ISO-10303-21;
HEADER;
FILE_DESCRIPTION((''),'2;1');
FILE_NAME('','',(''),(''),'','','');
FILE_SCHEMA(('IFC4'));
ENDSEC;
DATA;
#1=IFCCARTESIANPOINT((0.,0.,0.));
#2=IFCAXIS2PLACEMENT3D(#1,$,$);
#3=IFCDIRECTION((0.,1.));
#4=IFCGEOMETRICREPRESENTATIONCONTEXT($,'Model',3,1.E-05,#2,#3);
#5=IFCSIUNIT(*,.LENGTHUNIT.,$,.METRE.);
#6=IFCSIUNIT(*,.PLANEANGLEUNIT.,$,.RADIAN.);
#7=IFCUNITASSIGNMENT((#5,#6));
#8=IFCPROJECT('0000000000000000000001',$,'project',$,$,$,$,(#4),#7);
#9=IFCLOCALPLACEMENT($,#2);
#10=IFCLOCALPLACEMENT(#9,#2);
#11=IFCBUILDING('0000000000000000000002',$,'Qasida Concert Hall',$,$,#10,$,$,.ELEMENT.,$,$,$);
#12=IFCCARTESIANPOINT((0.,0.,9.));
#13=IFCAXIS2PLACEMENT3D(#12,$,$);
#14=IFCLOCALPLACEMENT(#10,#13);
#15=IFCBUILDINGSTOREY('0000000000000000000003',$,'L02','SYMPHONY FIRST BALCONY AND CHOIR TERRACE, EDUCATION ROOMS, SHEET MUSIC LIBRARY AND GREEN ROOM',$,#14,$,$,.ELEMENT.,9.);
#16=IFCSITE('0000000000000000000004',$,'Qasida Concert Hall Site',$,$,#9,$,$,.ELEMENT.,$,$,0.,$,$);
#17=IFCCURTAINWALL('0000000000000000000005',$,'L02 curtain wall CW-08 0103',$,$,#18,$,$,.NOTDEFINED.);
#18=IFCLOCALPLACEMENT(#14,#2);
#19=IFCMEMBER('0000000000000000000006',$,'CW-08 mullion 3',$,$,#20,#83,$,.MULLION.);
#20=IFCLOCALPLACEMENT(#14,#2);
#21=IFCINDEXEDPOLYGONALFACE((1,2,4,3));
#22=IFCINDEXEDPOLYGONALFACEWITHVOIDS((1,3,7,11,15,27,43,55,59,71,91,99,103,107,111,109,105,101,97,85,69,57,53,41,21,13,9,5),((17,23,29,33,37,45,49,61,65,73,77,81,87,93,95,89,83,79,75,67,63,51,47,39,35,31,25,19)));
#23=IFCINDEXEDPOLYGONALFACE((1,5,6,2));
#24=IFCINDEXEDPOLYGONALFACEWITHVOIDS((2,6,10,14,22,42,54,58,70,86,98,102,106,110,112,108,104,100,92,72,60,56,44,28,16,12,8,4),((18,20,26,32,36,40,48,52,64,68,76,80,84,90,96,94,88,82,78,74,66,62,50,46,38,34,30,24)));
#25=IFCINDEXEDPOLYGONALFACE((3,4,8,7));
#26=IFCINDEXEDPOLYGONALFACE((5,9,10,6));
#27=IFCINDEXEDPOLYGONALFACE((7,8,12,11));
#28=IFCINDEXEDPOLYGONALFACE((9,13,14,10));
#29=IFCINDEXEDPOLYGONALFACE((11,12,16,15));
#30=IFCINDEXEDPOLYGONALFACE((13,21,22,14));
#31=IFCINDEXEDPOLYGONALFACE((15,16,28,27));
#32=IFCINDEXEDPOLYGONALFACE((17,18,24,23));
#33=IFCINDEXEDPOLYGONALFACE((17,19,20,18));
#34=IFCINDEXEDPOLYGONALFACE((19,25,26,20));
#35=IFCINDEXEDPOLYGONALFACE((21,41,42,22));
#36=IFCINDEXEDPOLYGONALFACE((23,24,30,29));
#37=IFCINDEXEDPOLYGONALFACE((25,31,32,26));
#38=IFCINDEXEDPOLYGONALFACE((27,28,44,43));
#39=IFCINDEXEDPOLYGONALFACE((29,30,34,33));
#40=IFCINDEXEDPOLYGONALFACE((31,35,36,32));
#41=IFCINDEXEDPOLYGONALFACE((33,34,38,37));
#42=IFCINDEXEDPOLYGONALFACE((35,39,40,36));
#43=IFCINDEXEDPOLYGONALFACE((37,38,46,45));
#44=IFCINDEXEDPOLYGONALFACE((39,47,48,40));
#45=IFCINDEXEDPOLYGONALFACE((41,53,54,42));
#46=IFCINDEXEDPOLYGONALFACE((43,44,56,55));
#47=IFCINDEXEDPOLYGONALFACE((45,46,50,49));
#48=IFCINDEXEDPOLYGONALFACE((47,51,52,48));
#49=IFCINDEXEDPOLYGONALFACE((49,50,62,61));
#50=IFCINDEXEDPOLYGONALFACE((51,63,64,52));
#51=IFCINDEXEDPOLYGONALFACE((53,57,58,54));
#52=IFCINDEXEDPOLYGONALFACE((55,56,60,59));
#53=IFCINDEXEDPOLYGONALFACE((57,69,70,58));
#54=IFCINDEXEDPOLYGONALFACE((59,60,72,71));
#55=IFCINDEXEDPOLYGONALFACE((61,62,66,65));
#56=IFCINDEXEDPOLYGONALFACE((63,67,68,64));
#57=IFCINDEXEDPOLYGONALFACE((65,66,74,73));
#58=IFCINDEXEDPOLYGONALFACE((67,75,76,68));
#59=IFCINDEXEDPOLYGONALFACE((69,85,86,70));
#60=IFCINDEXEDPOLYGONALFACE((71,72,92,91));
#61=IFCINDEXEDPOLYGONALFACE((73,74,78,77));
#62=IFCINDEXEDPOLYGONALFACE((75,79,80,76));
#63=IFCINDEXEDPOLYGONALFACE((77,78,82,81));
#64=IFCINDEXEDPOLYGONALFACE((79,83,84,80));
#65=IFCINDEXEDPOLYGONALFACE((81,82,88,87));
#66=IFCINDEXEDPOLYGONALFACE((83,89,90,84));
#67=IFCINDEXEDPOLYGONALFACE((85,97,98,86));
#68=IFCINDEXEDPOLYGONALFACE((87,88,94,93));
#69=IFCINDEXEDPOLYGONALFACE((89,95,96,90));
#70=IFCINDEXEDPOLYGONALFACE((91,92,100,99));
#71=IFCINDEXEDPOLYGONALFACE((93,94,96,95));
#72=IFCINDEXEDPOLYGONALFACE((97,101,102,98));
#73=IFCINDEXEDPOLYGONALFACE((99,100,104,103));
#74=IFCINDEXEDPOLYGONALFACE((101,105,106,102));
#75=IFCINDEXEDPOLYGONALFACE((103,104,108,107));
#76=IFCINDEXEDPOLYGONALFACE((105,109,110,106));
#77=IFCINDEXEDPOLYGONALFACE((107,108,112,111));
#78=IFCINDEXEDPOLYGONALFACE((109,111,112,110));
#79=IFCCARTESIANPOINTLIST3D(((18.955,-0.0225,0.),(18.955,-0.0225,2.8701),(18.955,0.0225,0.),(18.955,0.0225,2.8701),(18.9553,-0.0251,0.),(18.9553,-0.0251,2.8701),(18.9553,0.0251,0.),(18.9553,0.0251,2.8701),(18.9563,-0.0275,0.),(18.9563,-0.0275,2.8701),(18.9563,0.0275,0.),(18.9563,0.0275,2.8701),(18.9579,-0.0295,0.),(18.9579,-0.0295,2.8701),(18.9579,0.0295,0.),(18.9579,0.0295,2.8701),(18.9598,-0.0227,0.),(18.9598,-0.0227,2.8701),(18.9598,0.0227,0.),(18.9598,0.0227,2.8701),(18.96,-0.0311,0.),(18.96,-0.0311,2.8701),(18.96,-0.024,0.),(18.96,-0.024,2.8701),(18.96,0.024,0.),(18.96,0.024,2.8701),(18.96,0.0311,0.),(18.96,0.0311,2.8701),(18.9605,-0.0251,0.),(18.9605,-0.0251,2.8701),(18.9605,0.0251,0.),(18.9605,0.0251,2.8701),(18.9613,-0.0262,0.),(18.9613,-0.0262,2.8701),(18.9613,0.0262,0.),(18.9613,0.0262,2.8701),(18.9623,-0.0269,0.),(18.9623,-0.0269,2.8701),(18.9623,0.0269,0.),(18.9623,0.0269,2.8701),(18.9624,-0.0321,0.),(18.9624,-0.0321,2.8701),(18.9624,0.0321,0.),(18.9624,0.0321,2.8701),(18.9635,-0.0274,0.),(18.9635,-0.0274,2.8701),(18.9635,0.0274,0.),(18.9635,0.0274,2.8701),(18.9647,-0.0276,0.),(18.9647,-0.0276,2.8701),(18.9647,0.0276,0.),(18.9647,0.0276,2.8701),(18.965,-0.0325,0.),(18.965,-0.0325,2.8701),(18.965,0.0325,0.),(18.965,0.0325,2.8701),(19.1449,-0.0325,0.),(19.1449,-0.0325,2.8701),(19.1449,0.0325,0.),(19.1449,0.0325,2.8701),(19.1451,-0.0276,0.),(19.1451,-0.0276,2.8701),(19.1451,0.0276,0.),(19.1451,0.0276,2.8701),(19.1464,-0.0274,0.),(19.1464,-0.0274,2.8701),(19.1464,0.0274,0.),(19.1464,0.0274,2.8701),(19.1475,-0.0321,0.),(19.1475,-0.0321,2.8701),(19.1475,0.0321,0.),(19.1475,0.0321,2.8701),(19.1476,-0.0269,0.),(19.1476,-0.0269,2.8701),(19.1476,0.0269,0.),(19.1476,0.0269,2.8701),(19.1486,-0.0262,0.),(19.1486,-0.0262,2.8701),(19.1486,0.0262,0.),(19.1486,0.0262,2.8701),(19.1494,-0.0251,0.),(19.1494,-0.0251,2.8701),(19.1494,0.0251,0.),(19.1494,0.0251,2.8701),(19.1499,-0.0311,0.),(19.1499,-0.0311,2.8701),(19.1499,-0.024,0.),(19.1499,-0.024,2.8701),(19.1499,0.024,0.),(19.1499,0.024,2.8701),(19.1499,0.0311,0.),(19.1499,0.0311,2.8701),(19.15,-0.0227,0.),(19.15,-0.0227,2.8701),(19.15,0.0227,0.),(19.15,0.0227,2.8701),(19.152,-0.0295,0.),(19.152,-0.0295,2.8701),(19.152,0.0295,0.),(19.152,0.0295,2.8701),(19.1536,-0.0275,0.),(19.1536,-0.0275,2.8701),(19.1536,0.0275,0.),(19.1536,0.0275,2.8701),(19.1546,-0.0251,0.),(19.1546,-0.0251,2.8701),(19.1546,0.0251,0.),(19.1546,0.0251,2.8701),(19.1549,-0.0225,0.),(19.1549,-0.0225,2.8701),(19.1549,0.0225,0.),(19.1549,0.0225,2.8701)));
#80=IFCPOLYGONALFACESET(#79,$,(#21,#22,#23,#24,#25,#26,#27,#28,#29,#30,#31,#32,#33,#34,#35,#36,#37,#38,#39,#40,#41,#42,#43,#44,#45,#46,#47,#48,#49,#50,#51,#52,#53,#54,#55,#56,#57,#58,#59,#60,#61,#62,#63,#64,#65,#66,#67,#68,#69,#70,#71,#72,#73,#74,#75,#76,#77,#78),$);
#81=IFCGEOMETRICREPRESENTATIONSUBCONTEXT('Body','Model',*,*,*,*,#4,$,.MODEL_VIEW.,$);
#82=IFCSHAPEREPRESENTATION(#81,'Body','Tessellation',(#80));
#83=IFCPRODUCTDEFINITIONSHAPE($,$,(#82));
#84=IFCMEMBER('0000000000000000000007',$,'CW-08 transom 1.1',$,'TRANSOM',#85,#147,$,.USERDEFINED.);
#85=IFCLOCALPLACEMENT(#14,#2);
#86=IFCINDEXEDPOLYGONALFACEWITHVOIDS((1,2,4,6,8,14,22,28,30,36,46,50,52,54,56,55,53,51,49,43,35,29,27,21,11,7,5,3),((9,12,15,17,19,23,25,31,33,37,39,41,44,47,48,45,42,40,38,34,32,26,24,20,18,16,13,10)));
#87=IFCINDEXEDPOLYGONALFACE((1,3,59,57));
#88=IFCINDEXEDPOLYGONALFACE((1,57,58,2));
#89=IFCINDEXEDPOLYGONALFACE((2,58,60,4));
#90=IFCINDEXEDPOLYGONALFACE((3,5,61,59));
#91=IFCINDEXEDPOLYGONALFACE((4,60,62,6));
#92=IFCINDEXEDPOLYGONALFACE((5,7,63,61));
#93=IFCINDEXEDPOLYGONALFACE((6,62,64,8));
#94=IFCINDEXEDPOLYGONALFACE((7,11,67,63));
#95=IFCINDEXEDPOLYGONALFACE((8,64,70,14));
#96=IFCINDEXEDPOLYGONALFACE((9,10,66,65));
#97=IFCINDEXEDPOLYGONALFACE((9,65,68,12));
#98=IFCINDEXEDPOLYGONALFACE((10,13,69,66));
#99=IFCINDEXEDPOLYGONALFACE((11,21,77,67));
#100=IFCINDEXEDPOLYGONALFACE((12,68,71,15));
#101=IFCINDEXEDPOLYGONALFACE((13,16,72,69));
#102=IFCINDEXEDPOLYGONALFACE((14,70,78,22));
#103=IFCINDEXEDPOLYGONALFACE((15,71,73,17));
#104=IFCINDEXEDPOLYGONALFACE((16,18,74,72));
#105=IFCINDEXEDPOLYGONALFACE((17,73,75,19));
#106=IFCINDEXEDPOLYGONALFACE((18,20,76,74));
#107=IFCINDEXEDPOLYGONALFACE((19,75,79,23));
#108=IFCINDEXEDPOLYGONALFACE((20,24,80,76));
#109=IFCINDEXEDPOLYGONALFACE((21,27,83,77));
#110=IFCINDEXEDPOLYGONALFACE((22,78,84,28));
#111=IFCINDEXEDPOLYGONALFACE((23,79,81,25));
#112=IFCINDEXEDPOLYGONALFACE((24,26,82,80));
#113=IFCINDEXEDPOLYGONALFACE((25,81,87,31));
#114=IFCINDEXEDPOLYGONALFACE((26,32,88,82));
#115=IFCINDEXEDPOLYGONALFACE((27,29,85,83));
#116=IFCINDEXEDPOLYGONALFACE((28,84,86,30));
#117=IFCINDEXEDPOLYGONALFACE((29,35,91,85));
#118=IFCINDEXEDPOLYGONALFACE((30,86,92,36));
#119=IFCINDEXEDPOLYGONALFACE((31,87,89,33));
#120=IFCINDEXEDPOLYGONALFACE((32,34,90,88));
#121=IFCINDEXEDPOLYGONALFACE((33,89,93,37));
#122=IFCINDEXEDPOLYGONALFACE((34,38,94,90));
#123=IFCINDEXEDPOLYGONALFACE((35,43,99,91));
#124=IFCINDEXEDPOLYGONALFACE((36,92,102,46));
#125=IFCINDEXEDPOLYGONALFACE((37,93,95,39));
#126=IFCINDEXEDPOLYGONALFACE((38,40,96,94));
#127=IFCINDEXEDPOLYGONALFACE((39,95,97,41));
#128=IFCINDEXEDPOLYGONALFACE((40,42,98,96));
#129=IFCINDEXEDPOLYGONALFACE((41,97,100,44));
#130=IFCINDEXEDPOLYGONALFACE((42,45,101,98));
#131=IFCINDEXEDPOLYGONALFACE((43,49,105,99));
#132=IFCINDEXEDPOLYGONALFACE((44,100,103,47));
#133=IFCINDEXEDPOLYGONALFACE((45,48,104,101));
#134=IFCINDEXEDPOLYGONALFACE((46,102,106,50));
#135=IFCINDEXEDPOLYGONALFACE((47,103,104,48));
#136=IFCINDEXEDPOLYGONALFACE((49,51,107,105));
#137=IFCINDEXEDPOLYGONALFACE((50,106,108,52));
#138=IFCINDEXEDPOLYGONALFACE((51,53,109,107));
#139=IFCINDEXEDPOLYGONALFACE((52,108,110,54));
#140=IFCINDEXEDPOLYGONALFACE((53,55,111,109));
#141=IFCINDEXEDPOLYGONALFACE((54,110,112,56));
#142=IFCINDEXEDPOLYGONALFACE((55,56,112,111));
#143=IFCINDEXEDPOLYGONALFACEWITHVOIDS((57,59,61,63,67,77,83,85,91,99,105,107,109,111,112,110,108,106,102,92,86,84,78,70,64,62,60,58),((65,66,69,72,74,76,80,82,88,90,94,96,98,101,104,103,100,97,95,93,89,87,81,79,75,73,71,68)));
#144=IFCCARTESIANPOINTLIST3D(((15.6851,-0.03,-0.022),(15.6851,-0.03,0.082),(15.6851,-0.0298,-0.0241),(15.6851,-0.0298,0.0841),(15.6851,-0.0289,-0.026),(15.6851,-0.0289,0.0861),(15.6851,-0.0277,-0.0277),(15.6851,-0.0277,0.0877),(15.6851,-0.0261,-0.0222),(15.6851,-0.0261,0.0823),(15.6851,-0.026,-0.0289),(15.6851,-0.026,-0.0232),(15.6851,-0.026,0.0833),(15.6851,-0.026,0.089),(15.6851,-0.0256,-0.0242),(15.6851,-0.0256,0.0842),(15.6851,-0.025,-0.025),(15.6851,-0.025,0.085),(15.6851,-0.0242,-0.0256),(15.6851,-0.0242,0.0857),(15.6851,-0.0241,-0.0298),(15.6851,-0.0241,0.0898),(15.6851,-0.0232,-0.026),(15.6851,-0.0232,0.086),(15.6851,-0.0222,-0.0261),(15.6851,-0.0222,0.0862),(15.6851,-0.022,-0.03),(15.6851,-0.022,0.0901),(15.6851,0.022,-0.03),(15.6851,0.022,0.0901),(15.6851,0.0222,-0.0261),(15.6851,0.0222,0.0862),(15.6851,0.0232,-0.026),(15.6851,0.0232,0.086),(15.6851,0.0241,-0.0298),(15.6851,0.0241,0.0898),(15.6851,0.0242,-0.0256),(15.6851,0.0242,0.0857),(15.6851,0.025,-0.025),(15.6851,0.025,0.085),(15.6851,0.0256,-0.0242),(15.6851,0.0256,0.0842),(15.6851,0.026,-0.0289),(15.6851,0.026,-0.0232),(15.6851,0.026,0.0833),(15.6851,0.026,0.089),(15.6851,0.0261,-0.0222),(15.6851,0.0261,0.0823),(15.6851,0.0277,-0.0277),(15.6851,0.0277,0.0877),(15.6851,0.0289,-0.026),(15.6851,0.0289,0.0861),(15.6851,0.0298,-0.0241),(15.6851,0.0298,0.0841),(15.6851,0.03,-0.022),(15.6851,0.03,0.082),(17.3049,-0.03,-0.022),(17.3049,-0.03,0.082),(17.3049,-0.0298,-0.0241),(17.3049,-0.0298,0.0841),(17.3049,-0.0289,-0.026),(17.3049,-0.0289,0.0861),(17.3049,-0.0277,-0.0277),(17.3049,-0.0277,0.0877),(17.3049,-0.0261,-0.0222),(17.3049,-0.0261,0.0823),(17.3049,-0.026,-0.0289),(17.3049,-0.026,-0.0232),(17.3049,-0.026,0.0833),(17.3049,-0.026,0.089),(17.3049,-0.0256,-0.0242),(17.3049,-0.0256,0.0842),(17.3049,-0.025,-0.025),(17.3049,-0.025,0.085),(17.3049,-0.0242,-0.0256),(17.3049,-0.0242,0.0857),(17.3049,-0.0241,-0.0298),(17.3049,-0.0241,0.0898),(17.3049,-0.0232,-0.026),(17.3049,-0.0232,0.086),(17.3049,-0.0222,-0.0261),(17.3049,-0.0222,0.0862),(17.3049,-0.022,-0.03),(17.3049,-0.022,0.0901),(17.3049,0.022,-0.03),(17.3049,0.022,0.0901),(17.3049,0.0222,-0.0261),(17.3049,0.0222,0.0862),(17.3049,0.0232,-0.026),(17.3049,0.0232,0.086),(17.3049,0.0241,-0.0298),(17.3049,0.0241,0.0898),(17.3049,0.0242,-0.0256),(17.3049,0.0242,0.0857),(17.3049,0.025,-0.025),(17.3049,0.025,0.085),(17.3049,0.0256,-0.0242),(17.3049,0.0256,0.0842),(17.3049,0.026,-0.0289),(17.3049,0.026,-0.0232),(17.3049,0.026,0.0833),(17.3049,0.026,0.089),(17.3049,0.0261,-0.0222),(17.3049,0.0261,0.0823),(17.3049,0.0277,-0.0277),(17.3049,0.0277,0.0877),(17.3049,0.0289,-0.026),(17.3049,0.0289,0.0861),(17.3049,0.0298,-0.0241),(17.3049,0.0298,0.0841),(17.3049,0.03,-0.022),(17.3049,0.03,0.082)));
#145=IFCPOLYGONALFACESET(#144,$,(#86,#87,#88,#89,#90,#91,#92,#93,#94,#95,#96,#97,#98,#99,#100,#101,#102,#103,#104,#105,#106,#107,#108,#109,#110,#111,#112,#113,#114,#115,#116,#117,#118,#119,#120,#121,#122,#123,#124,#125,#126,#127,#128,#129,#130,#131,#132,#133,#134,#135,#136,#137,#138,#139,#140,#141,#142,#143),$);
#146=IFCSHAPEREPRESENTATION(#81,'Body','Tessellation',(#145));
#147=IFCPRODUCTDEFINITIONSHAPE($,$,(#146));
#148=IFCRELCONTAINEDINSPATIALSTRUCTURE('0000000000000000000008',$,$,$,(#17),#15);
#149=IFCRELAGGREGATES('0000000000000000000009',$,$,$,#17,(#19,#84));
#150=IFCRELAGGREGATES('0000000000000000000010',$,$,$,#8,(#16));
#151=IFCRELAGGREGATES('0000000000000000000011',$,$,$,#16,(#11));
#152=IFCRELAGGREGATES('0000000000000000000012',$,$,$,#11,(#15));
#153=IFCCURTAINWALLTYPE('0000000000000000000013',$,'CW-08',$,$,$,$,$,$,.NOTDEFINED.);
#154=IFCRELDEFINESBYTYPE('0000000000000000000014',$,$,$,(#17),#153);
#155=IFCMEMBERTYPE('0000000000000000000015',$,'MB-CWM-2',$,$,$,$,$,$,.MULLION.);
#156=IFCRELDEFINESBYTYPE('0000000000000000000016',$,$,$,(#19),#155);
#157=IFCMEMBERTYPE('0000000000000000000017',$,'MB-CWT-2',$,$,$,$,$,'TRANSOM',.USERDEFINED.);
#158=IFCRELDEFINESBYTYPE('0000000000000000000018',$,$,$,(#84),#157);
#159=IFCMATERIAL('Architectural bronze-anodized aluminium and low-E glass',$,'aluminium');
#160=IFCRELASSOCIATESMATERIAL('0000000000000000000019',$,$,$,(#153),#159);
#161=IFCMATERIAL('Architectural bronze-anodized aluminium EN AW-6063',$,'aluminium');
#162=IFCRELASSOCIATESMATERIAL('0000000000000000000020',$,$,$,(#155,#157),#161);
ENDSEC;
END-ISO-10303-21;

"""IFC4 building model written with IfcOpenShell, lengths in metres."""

from ifc_helpers import new_model, si_unit, direction, frame, origin, origin_2d, place, context, subcontext, project, spatial, hollow_rectangle, extrude, material, material_profile, profile_set, type_object, element, aggregate, save


model = new_model("IFC4")

# Units and contexts
model_context = context("Model", 3, precision=1e-05, world=origin(), true_north=direction((0.0, 1.0)))
body_context = subcontext(model_context, "Body", "Model", "MODEL_VIEW")
ifc_project = project(units=[si_unit("LENGTHUNIT", "METRE"), si_unit("PLANEANGLEUNIT", "RADIAN")], contexts=[model_context])

# Site, building, storey
site_placement = place(None, origin())
site = spatial("IfcSite", under=ifc_project, at=site_placement, Name="Qasida Concert Hall Site", CompositionType="ELEMENT", RefElevation=0.0)
building_placement = place(site_placement, origin())
building = spatial("IfcBuilding", under=site, at=building_placement, Name="Qasida Concert Hall", CompositionType="ELEMENT")
storey_placement = place(building_placement, frame((0.0, 0.0, 9.0)))
storey = spatial("IfcBuildingStorey", under=building, at=storey_placement, Name="L02", Description="SYMPHONY FIRST BALCONY AND CHOIR TERRACE, EDUCATION ROOMS, SHEET MUSIC LIBRARY AND GREEN ROOM", CompositionType="ELEMENT", Elevation=9.0)

# Curtain wall, members
ifc_material_1 = material(Name="Architectural bronze-anodized aluminium and low-E glass", Category="aluminium")
curtain_wall_type = type_object("IfcCurtainWallType", Name="CW-08", PredefinedType="NOTDEFINED", material=ifc_material_1)
curtain_wall_placement = place(storey_placement, origin())
curtain_wall = element("IfcCurtainWall", 1, at=curtain_wall_placement, inside=storey, type_object=curtain_wall_type, Name="L02 curtain wall CW-08 0103", PredefinedType="NOTDEFINED")
ifc_material_2 = material(Name="Architectural bronze-anodized aluminium EN AW-6063", Category="aluminium")
ifc_material_profile_1 = material_profile(ifc_material_2, hollow_rectangle(XDim=0.0649, YDim=0.2, WallThickness=0.0049, InnerFilletRadius=0.0049, OuterFilletRadius=0.01, at=origin_2d()), Name="CWM 200x65x5")
ifc_profile_set_1 = profile_set([ifc_material_profile_1], Name="Architectural bronze-anodized aluminium EN AW-6063")
member_type_1 = type_object("IfcMemberType", Name="MB-CWM-2", PredefinedType="MULLION", material=ifc_profile_set_1)
member_1_placement = place(storey_placement, frame((19.0549, 0.0, 0.0), z_axis=(0.0, 0.0, 1.0), x_axis=(0.0, 1.0, 0.0)))
member_1 = element("IfcMember", 2, at=member_1_placement, type_object=member_type_1, Name="CW-08 mullion 3", PredefinedType="MULLION", context=body_context, shape_type="SweptSolid", body=[
    extrude(hollow_rectangle(XDim=0.0649, YDim=0.2, WallThickness=0.0049, InnerFilletRadius=0.0049, OuterFilletRadius=0.01, at=origin_2d()), origin(), (0.0, 0.0, 1.0), 2.8701),
])
ifc_material_profile_2 = material_profile(ifc_material_2, hollow_rectangle(XDim=0.0601, YDim=0.1201, WallThickness=0.0039, InnerFilletRadius=0.0039, OuterFilletRadius=0.0081, at=origin_2d()), Name="CWT 120x60x4")
ifc_profile_set_2 = profile_set([ifc_material_profile_2], Name="Architectural bronze-anodized aluminium EN AW-6063")
member_type_2 = type_object("IfcMemberType", Name="MB-CWT-2", ElementType="TRANSOM", PredefinedType="USERDEFINED", material=ifc_profile_set_2)
member_2_placement = place(storey_placement, frame((15.6851, 0.0, 0.03), z_axis=(1.0, 0.0, 0.0), x_axis=(0.0, 1.0, 0.0)))
member_2 = element("IfcMember", 3, at=member_2_placement, type_object=member_type_2, Name="CW-08 transom 1.1", ObjectType="TRANSOM", PredefinedType="USERDEFINED", context=body_context, shape_type="SweptSolid", body=[
    extrude(hollow_rectangle(XDim=0.0601, YDim=0.1201, WallThickness=0.0039, InnerFilletRadius=0.0039, OuterFilletRadius=0.0081, at=origin_2d()), origin(), (0.0, 0.0, 1.0), 1.6199),
])
aggregate(curtain_wall, [member_1, member_2])

save(model, "model.ifc")
